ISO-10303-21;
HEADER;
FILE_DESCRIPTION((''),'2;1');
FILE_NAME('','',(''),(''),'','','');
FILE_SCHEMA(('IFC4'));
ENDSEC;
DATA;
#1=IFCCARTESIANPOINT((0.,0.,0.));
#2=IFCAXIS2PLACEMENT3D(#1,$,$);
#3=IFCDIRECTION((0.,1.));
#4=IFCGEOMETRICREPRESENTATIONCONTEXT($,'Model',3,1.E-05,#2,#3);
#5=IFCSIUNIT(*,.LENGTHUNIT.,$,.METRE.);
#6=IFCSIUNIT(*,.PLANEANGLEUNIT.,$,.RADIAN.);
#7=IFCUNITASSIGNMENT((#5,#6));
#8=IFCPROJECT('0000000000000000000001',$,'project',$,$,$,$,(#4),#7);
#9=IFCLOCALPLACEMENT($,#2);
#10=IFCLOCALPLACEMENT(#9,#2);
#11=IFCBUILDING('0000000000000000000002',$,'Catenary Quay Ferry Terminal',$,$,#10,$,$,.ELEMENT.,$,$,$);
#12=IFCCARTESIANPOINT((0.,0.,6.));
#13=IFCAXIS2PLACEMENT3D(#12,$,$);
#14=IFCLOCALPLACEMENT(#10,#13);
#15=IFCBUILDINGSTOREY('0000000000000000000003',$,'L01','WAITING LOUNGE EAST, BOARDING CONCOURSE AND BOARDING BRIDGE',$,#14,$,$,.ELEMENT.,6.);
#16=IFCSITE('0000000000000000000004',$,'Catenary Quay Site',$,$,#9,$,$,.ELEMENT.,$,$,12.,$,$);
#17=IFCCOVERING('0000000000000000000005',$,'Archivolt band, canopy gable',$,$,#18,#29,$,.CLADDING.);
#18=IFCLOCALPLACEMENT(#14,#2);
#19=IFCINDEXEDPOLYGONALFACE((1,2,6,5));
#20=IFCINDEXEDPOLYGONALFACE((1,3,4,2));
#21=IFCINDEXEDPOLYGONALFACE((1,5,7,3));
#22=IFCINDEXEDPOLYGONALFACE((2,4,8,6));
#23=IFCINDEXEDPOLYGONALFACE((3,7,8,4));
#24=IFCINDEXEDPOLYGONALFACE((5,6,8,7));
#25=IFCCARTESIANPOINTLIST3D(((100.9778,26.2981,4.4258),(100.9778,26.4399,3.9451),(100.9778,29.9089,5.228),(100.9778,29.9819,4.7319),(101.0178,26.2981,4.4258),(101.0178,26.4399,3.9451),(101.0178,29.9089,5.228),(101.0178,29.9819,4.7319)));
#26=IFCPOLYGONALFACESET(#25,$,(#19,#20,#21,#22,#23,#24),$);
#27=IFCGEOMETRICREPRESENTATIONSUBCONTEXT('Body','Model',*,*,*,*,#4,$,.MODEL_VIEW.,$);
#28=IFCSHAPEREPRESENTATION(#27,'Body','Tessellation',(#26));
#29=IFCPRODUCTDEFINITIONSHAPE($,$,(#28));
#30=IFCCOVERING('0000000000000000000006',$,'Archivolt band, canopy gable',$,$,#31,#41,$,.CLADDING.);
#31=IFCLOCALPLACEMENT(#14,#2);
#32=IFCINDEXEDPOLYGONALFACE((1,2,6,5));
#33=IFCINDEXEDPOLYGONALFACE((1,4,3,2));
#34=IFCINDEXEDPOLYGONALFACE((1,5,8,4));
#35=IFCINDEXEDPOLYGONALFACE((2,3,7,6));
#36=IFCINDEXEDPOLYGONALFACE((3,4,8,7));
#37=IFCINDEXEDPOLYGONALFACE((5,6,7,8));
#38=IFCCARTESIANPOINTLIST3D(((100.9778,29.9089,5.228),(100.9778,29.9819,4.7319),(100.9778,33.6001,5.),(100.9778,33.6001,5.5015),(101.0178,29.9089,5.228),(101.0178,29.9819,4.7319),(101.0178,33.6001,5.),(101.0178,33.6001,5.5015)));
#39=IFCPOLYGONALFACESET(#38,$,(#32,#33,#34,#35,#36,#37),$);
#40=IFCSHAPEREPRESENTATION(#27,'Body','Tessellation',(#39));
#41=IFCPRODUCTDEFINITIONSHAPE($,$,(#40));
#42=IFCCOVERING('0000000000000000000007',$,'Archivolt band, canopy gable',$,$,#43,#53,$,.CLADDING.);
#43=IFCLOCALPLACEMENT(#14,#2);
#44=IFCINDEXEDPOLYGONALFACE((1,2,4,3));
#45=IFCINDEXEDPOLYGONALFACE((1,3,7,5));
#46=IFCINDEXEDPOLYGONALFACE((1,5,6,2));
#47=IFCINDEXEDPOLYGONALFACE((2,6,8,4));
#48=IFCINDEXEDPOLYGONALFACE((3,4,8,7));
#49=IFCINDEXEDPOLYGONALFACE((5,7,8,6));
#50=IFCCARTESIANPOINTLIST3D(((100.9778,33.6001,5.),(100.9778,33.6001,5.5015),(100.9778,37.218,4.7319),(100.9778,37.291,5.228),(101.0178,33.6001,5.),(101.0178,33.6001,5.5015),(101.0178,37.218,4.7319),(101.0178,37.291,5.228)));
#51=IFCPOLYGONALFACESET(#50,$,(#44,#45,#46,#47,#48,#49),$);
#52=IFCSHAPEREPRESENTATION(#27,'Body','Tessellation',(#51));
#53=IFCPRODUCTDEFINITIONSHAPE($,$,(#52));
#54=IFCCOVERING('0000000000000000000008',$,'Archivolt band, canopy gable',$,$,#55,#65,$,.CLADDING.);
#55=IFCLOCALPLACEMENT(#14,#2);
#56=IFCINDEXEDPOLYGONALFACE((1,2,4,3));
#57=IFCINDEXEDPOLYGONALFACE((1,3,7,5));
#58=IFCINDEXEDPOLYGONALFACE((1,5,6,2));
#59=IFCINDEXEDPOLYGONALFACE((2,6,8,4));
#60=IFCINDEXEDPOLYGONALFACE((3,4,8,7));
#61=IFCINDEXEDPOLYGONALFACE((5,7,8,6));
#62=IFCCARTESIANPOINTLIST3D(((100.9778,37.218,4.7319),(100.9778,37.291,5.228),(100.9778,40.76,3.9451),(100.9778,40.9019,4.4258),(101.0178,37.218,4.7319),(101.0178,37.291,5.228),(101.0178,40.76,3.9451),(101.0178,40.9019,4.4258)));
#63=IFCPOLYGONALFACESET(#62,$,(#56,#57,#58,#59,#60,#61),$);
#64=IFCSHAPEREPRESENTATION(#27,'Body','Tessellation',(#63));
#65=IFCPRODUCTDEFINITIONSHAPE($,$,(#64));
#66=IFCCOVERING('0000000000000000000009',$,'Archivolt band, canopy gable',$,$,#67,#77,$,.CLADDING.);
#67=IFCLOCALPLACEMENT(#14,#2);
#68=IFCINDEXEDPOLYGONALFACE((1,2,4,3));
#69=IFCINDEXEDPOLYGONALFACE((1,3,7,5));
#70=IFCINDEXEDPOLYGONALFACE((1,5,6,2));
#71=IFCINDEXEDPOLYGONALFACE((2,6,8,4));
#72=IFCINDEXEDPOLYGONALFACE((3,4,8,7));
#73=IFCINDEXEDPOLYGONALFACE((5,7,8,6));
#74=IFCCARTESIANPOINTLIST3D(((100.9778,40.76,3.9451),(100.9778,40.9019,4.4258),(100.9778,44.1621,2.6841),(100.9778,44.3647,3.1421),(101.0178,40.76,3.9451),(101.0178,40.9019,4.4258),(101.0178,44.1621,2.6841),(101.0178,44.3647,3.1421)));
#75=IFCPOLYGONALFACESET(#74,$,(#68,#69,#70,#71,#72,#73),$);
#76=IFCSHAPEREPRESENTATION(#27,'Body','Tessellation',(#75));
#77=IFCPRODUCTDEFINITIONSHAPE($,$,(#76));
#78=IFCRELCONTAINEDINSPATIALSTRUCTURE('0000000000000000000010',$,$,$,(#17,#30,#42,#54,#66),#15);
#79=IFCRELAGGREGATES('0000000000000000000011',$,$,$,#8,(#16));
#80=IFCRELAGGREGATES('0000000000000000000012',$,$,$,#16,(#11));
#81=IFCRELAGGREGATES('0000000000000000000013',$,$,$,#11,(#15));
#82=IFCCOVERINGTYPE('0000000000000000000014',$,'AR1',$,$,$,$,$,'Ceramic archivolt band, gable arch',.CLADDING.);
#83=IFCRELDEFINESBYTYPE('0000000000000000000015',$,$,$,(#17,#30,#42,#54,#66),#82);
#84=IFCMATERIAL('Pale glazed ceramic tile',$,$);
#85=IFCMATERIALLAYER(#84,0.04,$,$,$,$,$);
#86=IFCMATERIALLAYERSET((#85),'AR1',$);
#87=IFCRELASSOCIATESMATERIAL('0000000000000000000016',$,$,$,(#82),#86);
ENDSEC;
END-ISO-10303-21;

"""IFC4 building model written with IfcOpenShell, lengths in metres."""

from ifc_helpers import new_model, si_unit, direction, frame, origin, place, context, subcontext, project, spatial, polyline, outline, extrude, material, layer, layer_set, type_object, element, save


model = new_model("IFC4")

# Units and contexts
model_context = context("Model", 3, precision=1e-05, world=origin(), true_north=direction((0.0, 1.0)))
body_context = subcontext(model_context, "Body", "Model", "MODEL_VIEW")
ifc_project = project(units=[si_unit("LENGTHUNIT", "METRE"), si_unit("PLANEANGLEUNIT", "RADIAN")], contexts=[model_context])

# Site, building, storey
site_placement = place(None, origin())
site = spatial("IfcSite", under=ifc_project, at=site_placement, Name="Catenary Quay Site", CompositionType="ELEMENT", RefElevation=12.0)
building_placement = place(site_placement, origin())
building = spatial("IfcBuilding", under=site, at=building_placement, Name="Catenary Quay Ferry Terminal", CompositionType="ELEMENT")
storey_placement = place(building_placement, frame((0.0, 0.0, 6.0)))
storey = spatial("IfcBuildingStorey", under=building, at=storey_placement, Name="L01", Description="WAITING LOUNGE EAST, BOARDING CONCOURSE AND BOARDING BRIDGE", CompositionType="ELEMENT", Elevation=6.0)

# Coverings
ifc_material_1 = material(Name="Pale glazed ceramic tile")
ifc_layer = layer(ifc_material_1, 0.04)
ifc_layer_set = layer_set([ifc_layer], Name="AR1")
covering_type = type_object("IfcCoveringType", Name="AR1", ElementType="Ceramic archivolt band, gable arch", PredefinedType="CLADDING", material=ifc_layer_set)
covering_1_placement = place(storey_placement, frame((100.9778, 26.2981, 4.4258), z_axis=(-1.0, 0.0, 0.0), x_axis=(0.0, 0.976196, 0.216889)))
element("IfcCovering", 1, at=covering_1_placement, inside=storey, type_object=covering_type, Name="Archivolt band, canopy gable", PredefinedType="CLADDING", context=body_context, shape_type="SweptSolid", body=[
    extrude(outline(polyline([(0.0, 0.0), (3.6989, 0.0), (3.6626, 0.5001), (0.0342, 0.5), (0.0, 0.0)])), origin(), (0.0, 0.0, -1.0), 0.04),
])
covering_2_placement = place(storey_placement, frame((100.9778, 29.9089, 5.228), z_axis=(-1.0, 0.0, 0.0), x_axis=(0.0, 0.997267, 0.073877)))
element("IfcCovering", 2, at=covering_2_placement, inside=storey, type_object=covering_type, Name="Archivolt band, canopy gable", PredefinedType="CLADDING", context=body_context, shape_type="SweptSolid", body=[
    extrude(outline(polyline([(0.0, 0.0), (3.7013, 0.0), (3.6642, 0.5001), (0.0361, 0.5001), (0.0, 0.0)])), origin(), (0.0, 0.0, -1.0), 0.04),
])
covering_3_placement = place(storey_placement, frame((100.9778, 33.6001, 5.5015), z_axis=(-1.0, 0.0, 0.0), x_axis=(0.0, 0.997267, -0.073881)))
element("IfcCovering", 3, at=covering_3_placement, inside=storey, type_object=covering_type, Name="Archivolt band, canopy gable", PredefinedType="CLADDING", context=body_context, shape_type="SweptSolid", body=[
    extrude(outline(polyline([(0.0, 0.0), (3.701, 0.0), (3.6649, 0.5001), (0.037, 0.5001), (0.0, 0.0)])), origin(), (0.0, 0.0, -1.0), 0.04),
])
covering_4_placement = place(storey_placement, frame((100.9778, 37.291, 5.228), z_axis=(-1.0, 0.0, 0.0), x_axis=(0.0, 0.976196, -0.216889)))
element("IfcCovering", 4, at=covering_4_placement, inside=storey, type_object=covering_type, Name="Archivolt band, canopy gable", PredefinedType="CLADDING", context=body_context, shape_type="SweptSolid", body=[
    extrude(outline(polyline([(0.0, 0.0), (3.6989, 0.0), (3.6647, 0.5), (0.0363, 0.5001), (0.0, 0.0)])), origin(), (0.0, 0.0, -1.0), 0.04),
])
covering_5_placement = place(storey_placement, frame((100.9778, 40.9019, 4.4258), z_axis=(-1.0, 0.0, 0.0), x_axis=(0.0, 0.937648, -0.347586)))
element("IfcCovering", 5, at=covering_5_placement, inside=storey, type_object=covering_type, Name="Archivolt band, canopy gable", PredefinedType="CLADDING", context=body_context, shape_type="SweptSolid", body=[
    extrude(outline(polyline([(0.0, 0.0), (3.6932, 0.0), (3.6624, 0.4999), (0.0341, 0.5), (0.0, 0.0)])), origin(), (0.0, 0.0, -1.0), 0.04),
])

save(model, "model.ifc")
